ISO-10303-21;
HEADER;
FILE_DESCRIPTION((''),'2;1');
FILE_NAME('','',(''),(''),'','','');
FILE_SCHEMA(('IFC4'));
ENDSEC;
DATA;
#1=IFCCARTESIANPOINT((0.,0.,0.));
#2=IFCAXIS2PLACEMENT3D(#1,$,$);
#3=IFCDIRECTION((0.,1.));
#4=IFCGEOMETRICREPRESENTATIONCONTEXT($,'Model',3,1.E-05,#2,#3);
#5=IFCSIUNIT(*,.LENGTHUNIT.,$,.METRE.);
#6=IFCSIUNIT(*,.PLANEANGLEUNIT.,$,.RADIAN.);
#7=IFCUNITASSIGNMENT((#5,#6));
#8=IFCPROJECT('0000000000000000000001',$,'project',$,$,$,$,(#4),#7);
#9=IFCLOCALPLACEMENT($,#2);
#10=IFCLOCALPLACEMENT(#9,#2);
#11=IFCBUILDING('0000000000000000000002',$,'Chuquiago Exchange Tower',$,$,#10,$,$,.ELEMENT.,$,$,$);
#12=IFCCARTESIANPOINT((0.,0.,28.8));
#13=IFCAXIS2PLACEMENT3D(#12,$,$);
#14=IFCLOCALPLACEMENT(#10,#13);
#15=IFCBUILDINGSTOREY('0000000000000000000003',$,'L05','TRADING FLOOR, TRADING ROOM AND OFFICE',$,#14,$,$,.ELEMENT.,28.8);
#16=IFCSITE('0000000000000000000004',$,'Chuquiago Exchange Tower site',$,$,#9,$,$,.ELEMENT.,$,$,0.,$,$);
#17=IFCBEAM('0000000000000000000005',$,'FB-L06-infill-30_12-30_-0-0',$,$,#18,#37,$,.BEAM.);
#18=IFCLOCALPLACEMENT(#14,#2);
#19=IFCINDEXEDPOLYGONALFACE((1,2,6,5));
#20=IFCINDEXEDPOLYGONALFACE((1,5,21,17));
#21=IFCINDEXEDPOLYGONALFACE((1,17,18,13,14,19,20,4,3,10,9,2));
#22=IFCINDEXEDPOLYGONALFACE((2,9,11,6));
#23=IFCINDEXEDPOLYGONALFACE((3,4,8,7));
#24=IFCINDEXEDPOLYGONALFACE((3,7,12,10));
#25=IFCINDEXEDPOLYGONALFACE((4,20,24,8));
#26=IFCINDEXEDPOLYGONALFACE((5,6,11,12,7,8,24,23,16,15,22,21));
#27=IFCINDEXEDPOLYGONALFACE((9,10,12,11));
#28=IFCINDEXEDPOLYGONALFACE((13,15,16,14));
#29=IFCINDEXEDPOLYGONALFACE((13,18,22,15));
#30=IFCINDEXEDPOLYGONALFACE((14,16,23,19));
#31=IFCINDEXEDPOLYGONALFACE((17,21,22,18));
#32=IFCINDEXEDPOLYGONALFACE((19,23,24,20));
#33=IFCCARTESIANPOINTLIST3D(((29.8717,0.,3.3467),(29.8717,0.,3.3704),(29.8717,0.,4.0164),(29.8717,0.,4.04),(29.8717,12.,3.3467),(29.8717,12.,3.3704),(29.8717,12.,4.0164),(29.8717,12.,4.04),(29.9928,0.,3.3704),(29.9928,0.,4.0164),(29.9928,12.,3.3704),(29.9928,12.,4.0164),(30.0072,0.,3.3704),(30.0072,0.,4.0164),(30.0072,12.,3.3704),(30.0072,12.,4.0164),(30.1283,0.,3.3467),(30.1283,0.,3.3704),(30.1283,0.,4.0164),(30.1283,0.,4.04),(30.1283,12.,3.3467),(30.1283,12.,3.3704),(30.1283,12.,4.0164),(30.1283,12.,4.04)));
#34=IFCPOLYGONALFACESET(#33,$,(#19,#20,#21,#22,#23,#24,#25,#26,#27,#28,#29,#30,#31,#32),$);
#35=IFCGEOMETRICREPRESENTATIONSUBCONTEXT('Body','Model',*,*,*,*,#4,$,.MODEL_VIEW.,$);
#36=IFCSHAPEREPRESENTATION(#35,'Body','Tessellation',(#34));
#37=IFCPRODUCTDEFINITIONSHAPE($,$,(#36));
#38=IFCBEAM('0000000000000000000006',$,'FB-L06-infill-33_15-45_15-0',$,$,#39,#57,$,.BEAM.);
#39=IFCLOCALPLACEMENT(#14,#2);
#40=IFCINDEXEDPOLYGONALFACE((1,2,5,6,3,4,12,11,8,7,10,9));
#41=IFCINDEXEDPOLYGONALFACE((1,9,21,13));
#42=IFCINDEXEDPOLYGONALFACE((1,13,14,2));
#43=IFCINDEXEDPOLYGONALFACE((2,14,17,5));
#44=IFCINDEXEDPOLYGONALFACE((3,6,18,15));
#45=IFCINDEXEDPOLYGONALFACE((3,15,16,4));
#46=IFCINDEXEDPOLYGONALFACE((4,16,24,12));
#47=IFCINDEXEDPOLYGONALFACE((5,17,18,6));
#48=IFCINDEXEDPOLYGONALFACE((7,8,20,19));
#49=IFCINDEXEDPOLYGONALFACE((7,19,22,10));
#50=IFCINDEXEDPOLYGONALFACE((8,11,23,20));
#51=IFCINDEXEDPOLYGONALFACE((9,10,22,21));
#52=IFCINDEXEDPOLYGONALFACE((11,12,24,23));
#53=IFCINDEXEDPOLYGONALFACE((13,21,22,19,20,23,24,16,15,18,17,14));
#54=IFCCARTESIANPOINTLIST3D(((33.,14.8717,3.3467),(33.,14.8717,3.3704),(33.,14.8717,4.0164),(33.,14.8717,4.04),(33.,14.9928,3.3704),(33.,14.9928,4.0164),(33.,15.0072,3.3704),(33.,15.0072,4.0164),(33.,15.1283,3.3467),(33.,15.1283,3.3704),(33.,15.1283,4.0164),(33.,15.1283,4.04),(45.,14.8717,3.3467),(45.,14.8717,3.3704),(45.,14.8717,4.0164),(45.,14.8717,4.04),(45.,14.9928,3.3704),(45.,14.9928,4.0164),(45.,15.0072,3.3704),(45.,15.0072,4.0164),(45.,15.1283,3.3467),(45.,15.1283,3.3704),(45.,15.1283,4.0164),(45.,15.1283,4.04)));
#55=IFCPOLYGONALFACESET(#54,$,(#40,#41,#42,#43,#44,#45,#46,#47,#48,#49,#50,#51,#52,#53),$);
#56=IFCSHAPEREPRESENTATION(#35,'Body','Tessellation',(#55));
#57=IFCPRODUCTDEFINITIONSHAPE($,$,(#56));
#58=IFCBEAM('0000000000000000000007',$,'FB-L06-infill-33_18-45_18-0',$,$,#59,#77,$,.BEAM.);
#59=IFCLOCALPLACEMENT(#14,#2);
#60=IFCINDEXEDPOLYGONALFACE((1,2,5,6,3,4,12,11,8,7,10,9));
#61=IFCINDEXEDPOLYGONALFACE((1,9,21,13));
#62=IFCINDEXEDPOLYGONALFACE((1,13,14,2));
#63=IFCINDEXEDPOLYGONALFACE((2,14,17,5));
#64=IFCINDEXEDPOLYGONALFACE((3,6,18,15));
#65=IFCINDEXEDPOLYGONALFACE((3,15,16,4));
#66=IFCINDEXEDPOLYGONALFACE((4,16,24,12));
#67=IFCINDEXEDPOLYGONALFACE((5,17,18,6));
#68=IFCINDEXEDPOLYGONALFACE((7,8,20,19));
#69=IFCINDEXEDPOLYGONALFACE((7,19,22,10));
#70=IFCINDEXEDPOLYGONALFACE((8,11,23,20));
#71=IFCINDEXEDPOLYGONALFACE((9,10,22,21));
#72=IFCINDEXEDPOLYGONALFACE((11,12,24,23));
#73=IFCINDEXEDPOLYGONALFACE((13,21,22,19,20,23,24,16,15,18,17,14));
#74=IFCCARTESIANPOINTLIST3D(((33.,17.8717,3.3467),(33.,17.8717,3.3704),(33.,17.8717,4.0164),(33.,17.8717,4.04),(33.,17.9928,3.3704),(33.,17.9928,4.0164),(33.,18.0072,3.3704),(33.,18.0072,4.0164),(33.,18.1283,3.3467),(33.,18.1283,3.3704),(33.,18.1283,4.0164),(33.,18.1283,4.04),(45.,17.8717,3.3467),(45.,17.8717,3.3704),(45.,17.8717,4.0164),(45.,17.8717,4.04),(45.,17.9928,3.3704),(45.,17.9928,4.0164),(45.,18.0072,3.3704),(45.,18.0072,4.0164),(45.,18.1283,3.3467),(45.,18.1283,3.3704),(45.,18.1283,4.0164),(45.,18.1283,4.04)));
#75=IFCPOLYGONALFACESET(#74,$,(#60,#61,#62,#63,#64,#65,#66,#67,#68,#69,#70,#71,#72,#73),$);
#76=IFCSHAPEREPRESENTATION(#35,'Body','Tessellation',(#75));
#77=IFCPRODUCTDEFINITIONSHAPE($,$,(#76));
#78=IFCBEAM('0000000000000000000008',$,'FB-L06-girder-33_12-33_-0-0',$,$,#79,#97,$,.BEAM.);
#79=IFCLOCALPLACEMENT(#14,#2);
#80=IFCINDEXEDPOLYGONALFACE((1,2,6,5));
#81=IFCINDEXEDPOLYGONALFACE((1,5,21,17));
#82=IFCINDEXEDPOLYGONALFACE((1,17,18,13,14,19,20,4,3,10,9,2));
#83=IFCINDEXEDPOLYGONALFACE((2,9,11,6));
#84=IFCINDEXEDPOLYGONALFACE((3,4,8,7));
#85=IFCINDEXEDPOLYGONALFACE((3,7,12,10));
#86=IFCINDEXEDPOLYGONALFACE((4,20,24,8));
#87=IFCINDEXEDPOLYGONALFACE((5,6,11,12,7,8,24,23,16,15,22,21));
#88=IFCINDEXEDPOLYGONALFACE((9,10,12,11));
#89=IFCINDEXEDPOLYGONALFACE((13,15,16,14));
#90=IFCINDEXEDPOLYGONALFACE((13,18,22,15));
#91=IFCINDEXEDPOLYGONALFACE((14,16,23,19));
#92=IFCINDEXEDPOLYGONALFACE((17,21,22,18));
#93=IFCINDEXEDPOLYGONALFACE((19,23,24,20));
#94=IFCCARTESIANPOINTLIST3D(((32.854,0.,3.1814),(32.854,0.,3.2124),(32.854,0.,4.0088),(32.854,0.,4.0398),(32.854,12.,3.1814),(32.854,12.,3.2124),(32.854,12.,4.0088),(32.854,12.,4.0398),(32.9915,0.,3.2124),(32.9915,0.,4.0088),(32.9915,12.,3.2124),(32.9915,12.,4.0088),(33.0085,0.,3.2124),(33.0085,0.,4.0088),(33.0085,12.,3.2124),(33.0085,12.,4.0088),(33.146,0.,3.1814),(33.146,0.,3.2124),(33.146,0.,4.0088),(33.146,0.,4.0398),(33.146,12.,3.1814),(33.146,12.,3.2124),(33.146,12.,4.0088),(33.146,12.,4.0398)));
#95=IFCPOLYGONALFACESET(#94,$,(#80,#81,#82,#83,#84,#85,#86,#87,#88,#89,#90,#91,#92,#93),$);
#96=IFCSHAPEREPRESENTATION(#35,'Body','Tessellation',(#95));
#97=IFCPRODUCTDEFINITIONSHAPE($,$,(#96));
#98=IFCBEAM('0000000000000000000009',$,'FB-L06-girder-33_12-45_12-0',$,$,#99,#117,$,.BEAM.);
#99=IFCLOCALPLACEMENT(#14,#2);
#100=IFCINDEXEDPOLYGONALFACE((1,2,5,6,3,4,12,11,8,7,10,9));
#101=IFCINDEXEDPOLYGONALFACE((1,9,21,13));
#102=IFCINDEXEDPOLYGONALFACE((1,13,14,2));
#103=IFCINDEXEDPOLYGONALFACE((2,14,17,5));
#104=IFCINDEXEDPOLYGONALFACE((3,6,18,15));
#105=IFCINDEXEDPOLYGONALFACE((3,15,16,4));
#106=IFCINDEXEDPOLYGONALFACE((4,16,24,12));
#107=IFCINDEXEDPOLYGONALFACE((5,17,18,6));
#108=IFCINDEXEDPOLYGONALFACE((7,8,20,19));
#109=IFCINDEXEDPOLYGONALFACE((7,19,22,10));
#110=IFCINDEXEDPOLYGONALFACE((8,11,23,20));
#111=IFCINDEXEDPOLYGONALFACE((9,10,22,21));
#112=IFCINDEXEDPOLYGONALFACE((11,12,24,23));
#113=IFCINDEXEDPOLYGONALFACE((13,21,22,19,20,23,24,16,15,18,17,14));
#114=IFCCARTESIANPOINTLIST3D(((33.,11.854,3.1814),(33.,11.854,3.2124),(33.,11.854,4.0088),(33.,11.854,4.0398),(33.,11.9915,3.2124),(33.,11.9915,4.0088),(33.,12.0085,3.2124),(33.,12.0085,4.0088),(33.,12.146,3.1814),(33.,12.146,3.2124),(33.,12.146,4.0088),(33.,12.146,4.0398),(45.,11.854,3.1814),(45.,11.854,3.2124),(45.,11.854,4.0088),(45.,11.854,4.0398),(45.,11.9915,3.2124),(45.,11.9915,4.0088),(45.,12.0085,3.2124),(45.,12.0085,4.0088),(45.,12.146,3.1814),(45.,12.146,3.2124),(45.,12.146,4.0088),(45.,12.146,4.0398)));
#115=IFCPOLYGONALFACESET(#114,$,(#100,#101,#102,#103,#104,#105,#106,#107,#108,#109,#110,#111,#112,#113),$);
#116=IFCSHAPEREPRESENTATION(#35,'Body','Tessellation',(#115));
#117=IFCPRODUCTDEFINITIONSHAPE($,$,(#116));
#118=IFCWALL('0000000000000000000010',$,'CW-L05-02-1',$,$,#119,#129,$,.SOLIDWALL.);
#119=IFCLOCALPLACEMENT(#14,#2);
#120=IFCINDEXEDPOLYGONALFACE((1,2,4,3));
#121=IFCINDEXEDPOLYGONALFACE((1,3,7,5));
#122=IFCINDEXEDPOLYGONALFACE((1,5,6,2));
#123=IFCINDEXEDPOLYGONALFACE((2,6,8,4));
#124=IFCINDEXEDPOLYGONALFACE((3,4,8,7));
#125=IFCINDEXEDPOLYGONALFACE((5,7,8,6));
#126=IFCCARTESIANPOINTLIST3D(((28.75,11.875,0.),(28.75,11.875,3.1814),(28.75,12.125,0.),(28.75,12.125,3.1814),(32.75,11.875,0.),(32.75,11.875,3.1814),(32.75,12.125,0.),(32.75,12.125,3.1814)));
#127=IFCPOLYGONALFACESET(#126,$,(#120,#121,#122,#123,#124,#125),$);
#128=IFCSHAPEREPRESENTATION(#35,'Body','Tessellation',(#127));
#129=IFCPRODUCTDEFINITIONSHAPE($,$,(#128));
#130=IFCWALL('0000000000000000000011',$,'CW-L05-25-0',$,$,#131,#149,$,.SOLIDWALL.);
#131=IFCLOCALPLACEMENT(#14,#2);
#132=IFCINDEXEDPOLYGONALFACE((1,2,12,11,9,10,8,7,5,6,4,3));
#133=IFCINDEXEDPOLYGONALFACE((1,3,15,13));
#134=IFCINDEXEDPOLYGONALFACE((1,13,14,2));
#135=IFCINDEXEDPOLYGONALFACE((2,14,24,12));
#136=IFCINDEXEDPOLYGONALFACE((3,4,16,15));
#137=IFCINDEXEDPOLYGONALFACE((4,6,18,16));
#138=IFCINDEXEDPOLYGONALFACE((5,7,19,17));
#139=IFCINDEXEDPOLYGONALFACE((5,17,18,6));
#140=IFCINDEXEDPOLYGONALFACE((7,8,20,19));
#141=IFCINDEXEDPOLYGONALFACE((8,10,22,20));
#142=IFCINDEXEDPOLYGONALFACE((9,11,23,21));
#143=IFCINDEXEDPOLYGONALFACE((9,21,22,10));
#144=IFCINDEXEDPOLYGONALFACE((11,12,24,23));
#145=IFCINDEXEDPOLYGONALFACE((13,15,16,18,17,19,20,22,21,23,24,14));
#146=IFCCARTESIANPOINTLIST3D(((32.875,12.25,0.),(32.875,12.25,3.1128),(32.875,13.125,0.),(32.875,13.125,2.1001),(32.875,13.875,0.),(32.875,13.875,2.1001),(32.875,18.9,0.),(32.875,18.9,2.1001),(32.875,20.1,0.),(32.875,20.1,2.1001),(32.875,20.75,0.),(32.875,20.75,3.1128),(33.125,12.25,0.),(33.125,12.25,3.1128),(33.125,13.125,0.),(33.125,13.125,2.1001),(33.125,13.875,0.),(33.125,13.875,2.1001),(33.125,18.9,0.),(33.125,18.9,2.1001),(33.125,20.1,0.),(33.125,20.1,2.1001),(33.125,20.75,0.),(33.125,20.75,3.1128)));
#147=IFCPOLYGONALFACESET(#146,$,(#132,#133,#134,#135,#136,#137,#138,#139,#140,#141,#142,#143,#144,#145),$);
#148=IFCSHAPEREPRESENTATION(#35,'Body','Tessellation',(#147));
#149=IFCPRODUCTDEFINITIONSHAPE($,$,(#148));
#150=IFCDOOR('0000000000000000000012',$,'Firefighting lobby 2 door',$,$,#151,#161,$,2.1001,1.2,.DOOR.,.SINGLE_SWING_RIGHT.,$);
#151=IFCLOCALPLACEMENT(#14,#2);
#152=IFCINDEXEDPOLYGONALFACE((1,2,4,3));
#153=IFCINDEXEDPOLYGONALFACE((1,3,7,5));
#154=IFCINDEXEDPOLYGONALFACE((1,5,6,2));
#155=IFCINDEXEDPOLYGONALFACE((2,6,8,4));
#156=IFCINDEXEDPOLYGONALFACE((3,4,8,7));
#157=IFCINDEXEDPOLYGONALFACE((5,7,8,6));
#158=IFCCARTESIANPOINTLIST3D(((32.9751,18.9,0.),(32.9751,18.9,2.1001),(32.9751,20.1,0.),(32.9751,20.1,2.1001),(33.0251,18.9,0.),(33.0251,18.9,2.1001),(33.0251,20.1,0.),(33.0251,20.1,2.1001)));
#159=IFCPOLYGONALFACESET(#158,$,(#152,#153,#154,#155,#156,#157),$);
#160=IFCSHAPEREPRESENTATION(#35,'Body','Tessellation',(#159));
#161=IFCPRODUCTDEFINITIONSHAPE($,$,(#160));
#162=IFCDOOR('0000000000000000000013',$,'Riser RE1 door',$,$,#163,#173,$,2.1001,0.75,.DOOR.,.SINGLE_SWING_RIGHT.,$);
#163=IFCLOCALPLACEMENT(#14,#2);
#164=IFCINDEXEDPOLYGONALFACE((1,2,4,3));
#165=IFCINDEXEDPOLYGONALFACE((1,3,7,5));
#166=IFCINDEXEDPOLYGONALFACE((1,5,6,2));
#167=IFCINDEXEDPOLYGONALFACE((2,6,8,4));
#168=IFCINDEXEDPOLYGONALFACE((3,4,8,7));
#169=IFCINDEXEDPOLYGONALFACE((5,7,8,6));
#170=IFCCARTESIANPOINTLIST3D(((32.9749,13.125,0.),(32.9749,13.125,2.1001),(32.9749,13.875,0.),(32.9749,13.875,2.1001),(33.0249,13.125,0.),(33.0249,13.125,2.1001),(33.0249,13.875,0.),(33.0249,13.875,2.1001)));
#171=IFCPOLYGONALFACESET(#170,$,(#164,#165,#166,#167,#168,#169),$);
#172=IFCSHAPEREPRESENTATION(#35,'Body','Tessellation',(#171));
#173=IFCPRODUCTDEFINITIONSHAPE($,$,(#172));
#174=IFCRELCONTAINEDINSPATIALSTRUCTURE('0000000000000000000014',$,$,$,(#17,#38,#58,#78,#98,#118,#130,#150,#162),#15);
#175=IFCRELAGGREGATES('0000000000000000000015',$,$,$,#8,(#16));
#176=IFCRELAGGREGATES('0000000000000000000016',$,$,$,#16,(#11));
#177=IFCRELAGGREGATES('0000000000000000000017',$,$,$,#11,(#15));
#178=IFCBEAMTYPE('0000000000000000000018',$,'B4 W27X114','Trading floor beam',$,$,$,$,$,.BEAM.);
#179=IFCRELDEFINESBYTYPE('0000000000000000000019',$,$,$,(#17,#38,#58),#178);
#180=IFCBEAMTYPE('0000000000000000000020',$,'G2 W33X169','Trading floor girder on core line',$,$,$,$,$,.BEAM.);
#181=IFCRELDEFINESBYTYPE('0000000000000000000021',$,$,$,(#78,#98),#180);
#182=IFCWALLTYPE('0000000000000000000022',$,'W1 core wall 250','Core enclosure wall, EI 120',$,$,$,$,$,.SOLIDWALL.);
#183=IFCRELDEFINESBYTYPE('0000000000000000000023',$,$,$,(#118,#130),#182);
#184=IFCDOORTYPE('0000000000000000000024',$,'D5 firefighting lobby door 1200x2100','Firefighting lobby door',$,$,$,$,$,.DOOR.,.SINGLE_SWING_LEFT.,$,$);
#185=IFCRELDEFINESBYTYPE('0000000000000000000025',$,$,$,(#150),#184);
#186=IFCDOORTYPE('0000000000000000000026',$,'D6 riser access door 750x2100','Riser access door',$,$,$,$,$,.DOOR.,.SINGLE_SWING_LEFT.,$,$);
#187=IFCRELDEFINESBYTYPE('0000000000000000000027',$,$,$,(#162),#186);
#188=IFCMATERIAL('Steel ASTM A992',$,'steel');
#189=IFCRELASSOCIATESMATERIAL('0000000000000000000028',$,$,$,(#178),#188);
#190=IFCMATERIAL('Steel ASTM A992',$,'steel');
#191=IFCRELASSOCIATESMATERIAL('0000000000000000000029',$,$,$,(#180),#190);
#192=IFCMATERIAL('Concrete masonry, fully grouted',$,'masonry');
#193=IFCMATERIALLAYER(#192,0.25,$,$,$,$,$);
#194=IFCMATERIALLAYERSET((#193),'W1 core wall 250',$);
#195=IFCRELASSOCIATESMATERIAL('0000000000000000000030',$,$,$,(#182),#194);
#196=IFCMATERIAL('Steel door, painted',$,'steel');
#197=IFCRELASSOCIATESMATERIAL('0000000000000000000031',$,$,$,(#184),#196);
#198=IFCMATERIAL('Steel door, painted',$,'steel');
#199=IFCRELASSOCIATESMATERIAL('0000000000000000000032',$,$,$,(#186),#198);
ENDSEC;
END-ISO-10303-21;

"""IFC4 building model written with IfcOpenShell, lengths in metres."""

from ifc_helpers import new_model, si_unit, direction, frame, frame_2d, origin, origin_2d, place, context, subcontext, project, spatial, rectangle, i_section, extrude, material, layer, layer_set, material_profile, profile_set, type_object, element, fill, save


model = new_model("IFC4")

# Units and contexts
model_context = context("Model", 3, precision=1e-05, world=origin(), true_north=direction((0.0, 1.0)))
body_context = subcontext(model_context, "Body", "Model", "MODEL_VIEW")
ifc_project = project(units=[si_unit("LENGTHUNIT", "METRE"), si_unit("PLANEANGLEUNIT", "RADIAN")], contexts=[model_context])

# Site, building, storey
site_placement = place(None, origin())
site = spatial("IfcSite", under=ifc_project, at=site_placement, Name="Chuquiago Exchange Tower site", CompositionType="ELEMENT", RefElevation=0.0)
building_placement = place(site_placement, origin())
building = spatial("IfcBuilding", under=site, at=building_placement, Name="Chuquiago Exchange Tower", CompositionType="ELEMENT")
storey_placement = place(building_placement, frame((0.0, 0.0, 28.8)))
storey = spatial("IfcBuildingStorey", under=building, at=storey_placement, Name="L05", Description="TRADING FLOOR, TRADING ROOM AND OFFICE", CompositionType="ELEMENT", Elevation=28.8)

# Beams
ifc_material_1 = material(Name="Steel ASTM A992", Category="steel")
ifc_material_profile_1 = material_profile(ifc_material_1, i_section(OverallWidth=0.2566, OverallDepth=0.6934, WebThickness=0.0144, FlangeThickness=0.0237, at=origin_2d()), Name="W27X114")
ifc_profile_set_1 = profile_set([ifc_material_profile_1], Name="Steel ASTM A992")
beam_type_1 = type_object("IfcBeamType", Name="B4 W27X114", Description="Trading floor beam", PredefinedType="BEAM", material=ifc_profile_set_1)
for number, where, z_axis, x_axis, name in (
    (1, (30.0, 12.0, 3.6934), (0.0, -1.0, 0.0), (1.0, 0.0, 0.0), "FB-L06-infill-30_12-30_-0-0"),
    (2, (33.0, 15.0, 3.6934), (1.0, 0.0, 0.0), (0.0, 1.0, 0.0), "FB-L06-infill-33_15-45_15-0"),
    (3, (33.0, 18.0, 3.6934), (1.0, 0.0, 0.0), (0.0, 1.0, 0.0), "FB-L06-infill-33_18-45_18-0"),
):
    element("IfcBeam", number, at=place(storey_placement, frame(where, z_axis=z_axis, x_axis=x_axis)), inside=storey, type_object=beam_type_1, Name=name, PredefinedType="BEAM", context=body_context, shape_type="SweptSolid", body=[
        extrude(i_section(OverallWidth=0.2566, OverallDepth=0.6934, WebThickness=0.0144, FlangeThickness=0.0237, at=origin_2d()), origin(), (0.0, 0.0, 1.0), 12.0),
    ])
ifc_material_2 = material(Name="Steel ASTM A992", Category="steel")
ifc_material_profile_2 = material_profile(ifc_material_2, i_section(OverallWidth=0.292, OverallDepth=0.8584, WebThickness=0.0171, FlangeThickness=0.031, at=origin_2d()), Name="W33X169")
ifc_profile_set_2 = profile_set([ifc_material_profile_2], Name="Steel ASTM A992")
beam_type_2 = type_object("IfcBeamType", Name="G2 W33X169", Description="Trading floor girder on core line", PredefinedType="BEAM", material=ifc_profile_set_2)
for number, where, z_axis, x_axis, name in (
    (4, (33.0, 12.0, 3.6106), (0.0, -1.0, 0.0), (1.0, 0.0, 0.0), "FB-L06-girder-33_12-33_-0-0"),
    (5, (33.0, 12.0, 3.6106), (1.0, 0.0, 0.0), (0.0, 1.0, 0.0), "FB-L06-girder-33_12-45_12-0"),
):
    element("IfcBeam", number, at=place(storey_placement, frame(where, z_axis=z_axis, x_axis=x_axis)), inside=storey, type_object=beam_type_2, Name=name, PredefinedType="BEAM", context=body_context, shape_type="SweptSolid", body=[
        extrude(i_section(OverallWidth=0.292, OverallDepth=0.8584, WebThickness=0.0171, FlangeThickness=0.031, at=origin_2d()), origin(), (0.0, 0.0, 1.0), 12.0),
    ])

# Wall
ifc_material_3 = material(Name="Concrete masonry, fully grouted", Category="masonry")
ifc_layer_1 = layer(ifc_material_3, 0.25)
ifc_layer_set_1 = layer_set([ifc_layer_1], Name="W1 core wall 250")
wall_type_1 = type_object("IfcWallType", Name="W1 core wall 250", Description="Core enclosure wall, EI 120", PredefinedType="SOLIDWALL", material=ifc_layer_set_1)
wall_1_placement = place(storey_placement, frame((28.75, 12.0, 0.0), z_axis=(0.0, 0.0, 1.0), x_axis=(1.0, 0.0, 0.0)))
element("IfcWall", 6, at=wall_1_placement, inside=storey, type_object=wall_type_1, Name="CW-L05-02-1", PredefinedType="SOLIDWALL", context=body_context, shape_type="SweptSolid", body=[
    extrude(rectangle(XDim=4.0, YDim=0.25, at=frame_2d((2.0, 0.0))), origin(), (0.0, 0.0, 1.0), 3.1814),
])

# Wall, openings, doors
wall_2_placement = place(storey_placement, frame((33.0, 12.25, 0.0), z_axis=(0.0, 0.0, 1.0), x_axis=(0.0, 1.0, 0.0)))
wall_2 = element("IfcWall", 7, at=wall_2_placement, inside=storey, type_object=wall_type_1, Name="CW-L05-25-0", PredefinedType="SOLIDWALL", context=body_context, shape_type="SweptSolid", body=[
    extrude(rectangle(XDim=8.5, YDim=0.25, at=frame_2d((4.25, 0.0))), origin(), (0.0, 0.0, 1.0), 3.1128),
])
opening_1_placement = place(wall_2_placement, frame((6.6499, 0.0, 0.0)))
opening_1 = element("IfcOpeningElement", 8, at=opening_1_placement, cuts=wall_2, PredefinedType="OPENING", context=body_context, shape_type="SweptSolid", body=[
    extrude(rectangle(XDim=1.2, YDim=2.1001, at=frame_2d((0.6001, 1.05))), frame((0.0, 0.135, 0.0), z_axis=(0.0, -1.0, 0.0), x_axis=(1.0, 0.0, 0.0)), (0.0, 0.0, 1.0), 0.27),
])
opening_2_placement = place(wall_2_placement, frame((0.875, 0.0, 0.0)))
opening_2 = element("IfcOpeningElement", 9, at=opening_2_placement, cuts=wall_2, PredefinedType="OPENING", context=body_context, shape_type="SweptSolid", body=[
    extrude(rectangle(XDim=0.75, YDim=2.1001, at=frame_2d((0.375, 1.05))), frame((0.0, 0.135, 0.0), z_axis=(0.0, -1.0, 0.0), x_axis=(1.0, 0.0, 0.0)), (0.0, 0.0, 1.0), 0.27),
])
ifc_material_4 = material(Name="Steel door, painted", Category="steel")
door_type_1 = type_object("IfcDoorType", Name="D5 firefighting lobby door 1200x2100", Description="Firefighting lobby door", OperationType="SINGLE_SWING_LEFT", PredefinedType="DOOR", material=ifc_material_4)
door_1_placement = place(opening_1_placement, origin())
door_1 = element("IfcDoor", 10, at=door_1_placement, inside=storey, type_object=door_type_1, Name="Firefighting lobby 2 door", OperationType="SINGLE_SWING_RIGHT", OverallHeight=2.1001, OverallWidth=1.2, PredefinedType="DOOR", context=body_context, shape_type="SweptSolid", body=[
    extrude(rectangle(XDim=1.2, YDim=2.1001, at=frame_2d((0.6001, 1.05))), frame((0.0, 0.0249, 0.0), z_axis=(0.0, -1.0, 0.0), x_axis=(1.0, 0.0, 0.0)), (0.0, 0.0, 1.0), 0.05),
])
fill(opening_1, door_1)
ifc_material_5 = material(Name="Steel door, painted", Category="steel")
door_type_2 = type_object("IfcDoorType", Name="D6 riser access door 750x2100", Description="Riser access door", OperationType="SINGLE_SWING_LEFT", PredefinedType="DOOR", material=ifc_material_5)
door_2_placement = place(opening_2_placement, frame((0.75, 0.0, 0.0), z_axis=(0.0, 0.0, 1.0), x_axis=(-1.0, 0.0, 0.0)))
door_2 = element("IfcDoor", 11, at=door_2_placement, inside=storey, type_object=door_type_2, Name="Riser RE1 door", OperationType="SINGLE_SWING_RIGHT", OverallHeight=2.1001, OverallWidth=0.75, PredefinedType="DOOR", context=body_context, shape_type="SweptSolid", body=[
    extrude(rectangle(XDim=0.75, YDim=2.1001, at=frame_2d((0.375, 1.05))), frame((0.0, 0.0249, 0.0), z_axis=(0.0, -1.0, 0.0), x_axis=(1.0, 0.0, 0.0)), (0.0, 0.0, 1.0), 0.05),
])
fill(opening_2, door_2)

save(model, "model.ifc")
